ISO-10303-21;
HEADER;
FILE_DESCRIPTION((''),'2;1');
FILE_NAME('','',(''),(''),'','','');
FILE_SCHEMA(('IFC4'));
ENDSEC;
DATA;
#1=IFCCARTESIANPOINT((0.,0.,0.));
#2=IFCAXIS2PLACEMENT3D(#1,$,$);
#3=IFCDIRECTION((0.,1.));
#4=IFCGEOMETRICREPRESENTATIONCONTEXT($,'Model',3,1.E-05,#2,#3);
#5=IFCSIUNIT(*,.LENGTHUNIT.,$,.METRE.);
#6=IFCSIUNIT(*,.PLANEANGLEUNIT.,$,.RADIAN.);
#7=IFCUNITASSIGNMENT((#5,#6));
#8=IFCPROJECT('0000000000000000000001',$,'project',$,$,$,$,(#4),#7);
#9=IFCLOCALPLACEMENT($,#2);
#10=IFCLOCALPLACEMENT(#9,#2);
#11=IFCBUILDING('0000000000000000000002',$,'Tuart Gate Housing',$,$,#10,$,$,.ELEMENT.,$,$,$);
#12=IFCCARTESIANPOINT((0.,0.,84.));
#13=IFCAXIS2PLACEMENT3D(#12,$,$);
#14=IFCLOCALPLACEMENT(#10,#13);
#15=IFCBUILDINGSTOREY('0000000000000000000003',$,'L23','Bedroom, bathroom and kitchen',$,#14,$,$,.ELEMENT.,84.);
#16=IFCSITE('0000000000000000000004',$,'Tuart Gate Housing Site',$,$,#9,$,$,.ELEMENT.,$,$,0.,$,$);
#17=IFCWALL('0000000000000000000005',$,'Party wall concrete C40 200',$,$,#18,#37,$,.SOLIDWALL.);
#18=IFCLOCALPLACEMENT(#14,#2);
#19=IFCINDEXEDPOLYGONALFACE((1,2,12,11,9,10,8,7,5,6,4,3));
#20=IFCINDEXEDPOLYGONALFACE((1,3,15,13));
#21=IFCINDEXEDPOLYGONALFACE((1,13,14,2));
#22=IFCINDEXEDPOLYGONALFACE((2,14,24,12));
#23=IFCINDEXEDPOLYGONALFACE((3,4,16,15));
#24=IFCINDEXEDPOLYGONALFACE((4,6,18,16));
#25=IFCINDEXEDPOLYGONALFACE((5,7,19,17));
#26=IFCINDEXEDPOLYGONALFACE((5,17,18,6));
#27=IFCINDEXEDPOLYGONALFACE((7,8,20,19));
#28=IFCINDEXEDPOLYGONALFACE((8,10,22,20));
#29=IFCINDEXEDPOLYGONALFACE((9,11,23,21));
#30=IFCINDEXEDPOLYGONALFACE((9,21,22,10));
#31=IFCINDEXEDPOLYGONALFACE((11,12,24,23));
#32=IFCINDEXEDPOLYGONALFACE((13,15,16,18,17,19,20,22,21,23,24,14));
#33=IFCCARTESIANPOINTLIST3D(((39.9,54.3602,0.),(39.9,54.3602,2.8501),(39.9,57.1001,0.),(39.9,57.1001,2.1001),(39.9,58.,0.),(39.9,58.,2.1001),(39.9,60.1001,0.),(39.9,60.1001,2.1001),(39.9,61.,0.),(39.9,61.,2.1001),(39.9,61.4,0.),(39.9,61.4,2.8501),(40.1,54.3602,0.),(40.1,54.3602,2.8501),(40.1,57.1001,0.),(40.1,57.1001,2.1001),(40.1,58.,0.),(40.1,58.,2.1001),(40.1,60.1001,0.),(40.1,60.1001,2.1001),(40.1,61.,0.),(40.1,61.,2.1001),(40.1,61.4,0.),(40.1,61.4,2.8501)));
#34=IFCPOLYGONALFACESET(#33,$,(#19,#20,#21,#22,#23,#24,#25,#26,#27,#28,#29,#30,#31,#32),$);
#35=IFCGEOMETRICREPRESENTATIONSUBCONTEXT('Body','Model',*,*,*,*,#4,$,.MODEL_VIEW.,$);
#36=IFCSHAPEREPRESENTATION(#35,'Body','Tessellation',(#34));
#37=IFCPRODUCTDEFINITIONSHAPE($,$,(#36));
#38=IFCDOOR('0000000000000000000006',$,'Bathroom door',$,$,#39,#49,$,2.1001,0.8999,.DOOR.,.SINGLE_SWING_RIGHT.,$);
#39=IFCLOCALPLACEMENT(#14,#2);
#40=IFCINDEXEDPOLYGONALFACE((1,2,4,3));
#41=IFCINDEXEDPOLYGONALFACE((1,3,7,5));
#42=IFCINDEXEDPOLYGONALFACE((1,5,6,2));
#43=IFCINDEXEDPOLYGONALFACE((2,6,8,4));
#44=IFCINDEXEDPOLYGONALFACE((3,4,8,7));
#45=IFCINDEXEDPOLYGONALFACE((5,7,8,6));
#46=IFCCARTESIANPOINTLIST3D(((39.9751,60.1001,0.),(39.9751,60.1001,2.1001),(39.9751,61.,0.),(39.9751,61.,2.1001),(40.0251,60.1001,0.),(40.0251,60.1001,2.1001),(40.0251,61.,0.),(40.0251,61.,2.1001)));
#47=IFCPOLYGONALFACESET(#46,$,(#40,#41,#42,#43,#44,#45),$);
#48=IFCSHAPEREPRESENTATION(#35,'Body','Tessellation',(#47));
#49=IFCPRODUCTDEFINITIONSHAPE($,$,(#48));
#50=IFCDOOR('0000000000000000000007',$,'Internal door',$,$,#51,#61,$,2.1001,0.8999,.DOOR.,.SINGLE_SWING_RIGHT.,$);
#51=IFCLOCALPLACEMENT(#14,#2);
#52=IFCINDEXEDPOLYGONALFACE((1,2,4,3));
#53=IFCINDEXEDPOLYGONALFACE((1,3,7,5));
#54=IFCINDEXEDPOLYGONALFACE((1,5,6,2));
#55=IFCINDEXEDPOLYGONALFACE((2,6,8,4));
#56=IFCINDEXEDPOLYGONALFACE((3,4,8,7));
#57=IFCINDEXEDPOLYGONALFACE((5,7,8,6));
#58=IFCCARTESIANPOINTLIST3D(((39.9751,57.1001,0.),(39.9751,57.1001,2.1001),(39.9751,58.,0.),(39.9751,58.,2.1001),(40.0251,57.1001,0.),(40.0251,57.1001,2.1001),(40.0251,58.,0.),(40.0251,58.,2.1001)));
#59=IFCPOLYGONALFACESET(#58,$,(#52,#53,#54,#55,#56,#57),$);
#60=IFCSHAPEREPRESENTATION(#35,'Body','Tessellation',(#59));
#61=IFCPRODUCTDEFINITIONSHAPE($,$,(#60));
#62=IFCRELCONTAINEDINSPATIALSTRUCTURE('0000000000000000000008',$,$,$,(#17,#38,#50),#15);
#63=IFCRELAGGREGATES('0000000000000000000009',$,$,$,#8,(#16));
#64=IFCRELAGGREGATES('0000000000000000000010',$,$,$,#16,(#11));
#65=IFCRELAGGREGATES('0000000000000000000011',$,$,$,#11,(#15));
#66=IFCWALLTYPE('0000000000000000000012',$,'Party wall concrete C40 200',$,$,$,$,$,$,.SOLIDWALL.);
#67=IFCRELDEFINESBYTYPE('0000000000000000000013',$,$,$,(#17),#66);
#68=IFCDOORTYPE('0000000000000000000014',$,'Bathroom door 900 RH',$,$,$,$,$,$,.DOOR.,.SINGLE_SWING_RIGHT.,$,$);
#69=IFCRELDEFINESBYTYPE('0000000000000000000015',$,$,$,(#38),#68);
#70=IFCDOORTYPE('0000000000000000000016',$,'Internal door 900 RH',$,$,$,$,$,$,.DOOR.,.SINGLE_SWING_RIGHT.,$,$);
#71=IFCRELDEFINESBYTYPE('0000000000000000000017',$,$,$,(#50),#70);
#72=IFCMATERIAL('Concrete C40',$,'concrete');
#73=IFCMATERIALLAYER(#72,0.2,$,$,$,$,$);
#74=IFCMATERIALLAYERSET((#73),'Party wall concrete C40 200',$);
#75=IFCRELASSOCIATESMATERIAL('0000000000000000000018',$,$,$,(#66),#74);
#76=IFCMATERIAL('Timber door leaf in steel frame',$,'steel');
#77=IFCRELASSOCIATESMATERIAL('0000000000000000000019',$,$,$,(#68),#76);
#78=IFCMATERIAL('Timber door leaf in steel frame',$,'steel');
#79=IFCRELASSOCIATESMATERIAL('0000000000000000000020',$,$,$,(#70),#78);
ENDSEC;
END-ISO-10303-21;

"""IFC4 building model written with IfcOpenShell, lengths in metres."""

from ifc_helpers import new_model, si_unit, direction, frame, frame_2d, origin, place, context, subcontext, project, spatial, rectangle, extrude, material, layer, layer_set, type_object, element, fill, save


model = new_model("IFC4")

# Units and contexts
model_context = context("Model", 3, precision=1e-05, world=origin(), true_north=direction((0.0, 1.0)))
body_context = subcontext(model_context, "Body", "Model", "MODEL_VIEW")
ifc_project = project(units=[si_unit("LENGTHUNIT", "METRE"), si_unit("PLANEANGLEUNIT", "RADIAN")], contexts=[model_context])

# Site, building, storey
site_placement = place(None, origin())
site = spatial("IfcSite", under=ifc_project, at=site_placement, Name="Tuart Gate Housing Site", CompositionType="ELEMENT", RefElevation=0.0)
building_placement = place(site_placement, origin())
building = spatial("IfcBuilding", under=site, at=building_placement, Name="Tuart Gate Housing", CompositionType="ELEMENT")
storey_placement = place(building_placement, frame((0.0, 0.0, 84.0)))
storey = spatial("IfcBuildingStorey", under=building, at=storey_placement, Name="L23", Description="Bedroom, bathroom and kitchen", CompositionType="ELEMENT", Elevation=84.0)

# Shared definitions
ifc_material_1 = material(Name="Concrete C40", Category="concrete")
ifc_layer_1 = layer(ifc_material_1, 0.2)
ifc_layer_set_1 = layer_set([ifc_layer_1], Name="Party wall concrete C40 200")
wall_type_1 = type_object("IfcWallType", Name="Party wall concrete C40 200", PredefinedType="SOLIDWALL", material=ifc_layer_set_1)

# Wall, openings, doors
wall_1_placement = place(storey_placement, frame((40.0, 54.3601, 0.0), z_axis=(0.0, 0.0, 1.0), x_axis=(0.0, 1.0, 0.0)))
wall_1 = element("IfcWall", 1, at=wall_1_placement, inside=storey, type_object=wall_type_1, Name="Party wall concrete C40 200", PredefinedType="SOLIDWALL", context=body_context, shape_type="SweptSolid", body=[
    extrude(rectangle(XDim=7.0398, YDim=0.2, at=frame_2d((3.52, 0.0))), origin(), (0.0, 0.0, 1.0), 2.8501),
])
opening_1_placement = place(wall_1_placement, frame((2.74, 0.0, 0.0)))
opening_1 = element("IfcOpeningElement", 2, at=opening_1_placement, cuts=wall_1, PredefinedType="OPENING", context=body_context, shape_type="SweptSolid", body=[
    extrude(rectangle(XDim=0.8999, YDim=2.1001, at=frame_2d((0.45, 1.05))), frame((0.0, 0.1099, 0.0), z_axis=(0.0, -1.0, 0.0), x_axis=(1.0, 0.0, 0.0)), (0.0, 0.0, 1.0), 0.22),
])
opening_2_placement = place(wall_1_placement, frame((5.74, 0.0, 0.0)))
opening_2 = element("IfcOpeningElement", 3, at=opening_2_placement, cuts=wall_1, PredefinedType="OPENING", context=body_context, shape_type="SweptSolid", body=[
    extrude(rectangle(XDim=0.8999, YDim=2.1001, at=frame_2d((0.45, 1.05))), frame((0.0, 0.1099, 0.0), z_axis=(0.0, -1.0, 0.0), x_axis=(1.0, 0.0, 0.0)), (0.0, 0.0, 1.0), 0.22),
])
ifc_material_2 = material(Name="Timber door leaf in steel frame", Category="steel")
door_type_1 = type_object("IfcDoorType", Name="Bathroom door 900 RH", OperationType="SINGLE_SWING_RIGHT", PredefinedType="DOOR", material=ifc_material_2)
door_1_placement = place(opening_2_placement, origin())
door_1 = element("IfcDoor", 4, at=door_1_placement, inside=storey, type_object=door_type_1, Name="Bathroom door", OperationType="SINGLE_SWING_RIGHT", OverallHeight=2.1001, OverallWidth=0.8999, PredefinedType="DOOR", context=body_context, shape_type="SweptSolid", body=[
    extrude(rectangle(XDim=0.8999, YDim=2.1001, at=frame_2d((0.45, 1.05))), frame((0.0, 0.0249, 0.0), z_axis=(0.0, -1.0, 0.0), x_axis=(1.0, 0.0, 0.0)), (0.0, 0.0, 1.0), 0.05),
])
fill(opening_2, door_1)
ifc_material_3 = material(Name="Timber door leaf in steel frame", Category="steel")
door_type_2 = type_object("IfcDoorType", Name="Internal door 900 RH", OperationType="SINGLE_SWING_RIGHT", PredefinedType="DOOR", material=ifc_material_3)
door_2_placement = place(opening_1_placement, origin())
door_2 = element("IfcDoor", 5, at=door_2_placement, inside=storey, type_object=door_type_2, Name="Internal door", OperationType="SINGLE_SWING_RIGHT", OverallHeight=2.1001, OverallWidth=0.8999, PredefinedType="DOOR", context=body_context, shape_type="SweptSolid", body=[
    extrude(rectangle(XDim=0.8999, YDim=2.1001, at=frame_2d((0.45, 1.05))), frame((0.0, 0.0249, 0.0), z_axis=(0.0, -1.0, 0.0), x_axis=(1.0, 0.0, 0.0)), (0.0, 0.0, 1.0), 0.05),
])
fill(opening_1, door_2)

save(model, "model.ifc")
